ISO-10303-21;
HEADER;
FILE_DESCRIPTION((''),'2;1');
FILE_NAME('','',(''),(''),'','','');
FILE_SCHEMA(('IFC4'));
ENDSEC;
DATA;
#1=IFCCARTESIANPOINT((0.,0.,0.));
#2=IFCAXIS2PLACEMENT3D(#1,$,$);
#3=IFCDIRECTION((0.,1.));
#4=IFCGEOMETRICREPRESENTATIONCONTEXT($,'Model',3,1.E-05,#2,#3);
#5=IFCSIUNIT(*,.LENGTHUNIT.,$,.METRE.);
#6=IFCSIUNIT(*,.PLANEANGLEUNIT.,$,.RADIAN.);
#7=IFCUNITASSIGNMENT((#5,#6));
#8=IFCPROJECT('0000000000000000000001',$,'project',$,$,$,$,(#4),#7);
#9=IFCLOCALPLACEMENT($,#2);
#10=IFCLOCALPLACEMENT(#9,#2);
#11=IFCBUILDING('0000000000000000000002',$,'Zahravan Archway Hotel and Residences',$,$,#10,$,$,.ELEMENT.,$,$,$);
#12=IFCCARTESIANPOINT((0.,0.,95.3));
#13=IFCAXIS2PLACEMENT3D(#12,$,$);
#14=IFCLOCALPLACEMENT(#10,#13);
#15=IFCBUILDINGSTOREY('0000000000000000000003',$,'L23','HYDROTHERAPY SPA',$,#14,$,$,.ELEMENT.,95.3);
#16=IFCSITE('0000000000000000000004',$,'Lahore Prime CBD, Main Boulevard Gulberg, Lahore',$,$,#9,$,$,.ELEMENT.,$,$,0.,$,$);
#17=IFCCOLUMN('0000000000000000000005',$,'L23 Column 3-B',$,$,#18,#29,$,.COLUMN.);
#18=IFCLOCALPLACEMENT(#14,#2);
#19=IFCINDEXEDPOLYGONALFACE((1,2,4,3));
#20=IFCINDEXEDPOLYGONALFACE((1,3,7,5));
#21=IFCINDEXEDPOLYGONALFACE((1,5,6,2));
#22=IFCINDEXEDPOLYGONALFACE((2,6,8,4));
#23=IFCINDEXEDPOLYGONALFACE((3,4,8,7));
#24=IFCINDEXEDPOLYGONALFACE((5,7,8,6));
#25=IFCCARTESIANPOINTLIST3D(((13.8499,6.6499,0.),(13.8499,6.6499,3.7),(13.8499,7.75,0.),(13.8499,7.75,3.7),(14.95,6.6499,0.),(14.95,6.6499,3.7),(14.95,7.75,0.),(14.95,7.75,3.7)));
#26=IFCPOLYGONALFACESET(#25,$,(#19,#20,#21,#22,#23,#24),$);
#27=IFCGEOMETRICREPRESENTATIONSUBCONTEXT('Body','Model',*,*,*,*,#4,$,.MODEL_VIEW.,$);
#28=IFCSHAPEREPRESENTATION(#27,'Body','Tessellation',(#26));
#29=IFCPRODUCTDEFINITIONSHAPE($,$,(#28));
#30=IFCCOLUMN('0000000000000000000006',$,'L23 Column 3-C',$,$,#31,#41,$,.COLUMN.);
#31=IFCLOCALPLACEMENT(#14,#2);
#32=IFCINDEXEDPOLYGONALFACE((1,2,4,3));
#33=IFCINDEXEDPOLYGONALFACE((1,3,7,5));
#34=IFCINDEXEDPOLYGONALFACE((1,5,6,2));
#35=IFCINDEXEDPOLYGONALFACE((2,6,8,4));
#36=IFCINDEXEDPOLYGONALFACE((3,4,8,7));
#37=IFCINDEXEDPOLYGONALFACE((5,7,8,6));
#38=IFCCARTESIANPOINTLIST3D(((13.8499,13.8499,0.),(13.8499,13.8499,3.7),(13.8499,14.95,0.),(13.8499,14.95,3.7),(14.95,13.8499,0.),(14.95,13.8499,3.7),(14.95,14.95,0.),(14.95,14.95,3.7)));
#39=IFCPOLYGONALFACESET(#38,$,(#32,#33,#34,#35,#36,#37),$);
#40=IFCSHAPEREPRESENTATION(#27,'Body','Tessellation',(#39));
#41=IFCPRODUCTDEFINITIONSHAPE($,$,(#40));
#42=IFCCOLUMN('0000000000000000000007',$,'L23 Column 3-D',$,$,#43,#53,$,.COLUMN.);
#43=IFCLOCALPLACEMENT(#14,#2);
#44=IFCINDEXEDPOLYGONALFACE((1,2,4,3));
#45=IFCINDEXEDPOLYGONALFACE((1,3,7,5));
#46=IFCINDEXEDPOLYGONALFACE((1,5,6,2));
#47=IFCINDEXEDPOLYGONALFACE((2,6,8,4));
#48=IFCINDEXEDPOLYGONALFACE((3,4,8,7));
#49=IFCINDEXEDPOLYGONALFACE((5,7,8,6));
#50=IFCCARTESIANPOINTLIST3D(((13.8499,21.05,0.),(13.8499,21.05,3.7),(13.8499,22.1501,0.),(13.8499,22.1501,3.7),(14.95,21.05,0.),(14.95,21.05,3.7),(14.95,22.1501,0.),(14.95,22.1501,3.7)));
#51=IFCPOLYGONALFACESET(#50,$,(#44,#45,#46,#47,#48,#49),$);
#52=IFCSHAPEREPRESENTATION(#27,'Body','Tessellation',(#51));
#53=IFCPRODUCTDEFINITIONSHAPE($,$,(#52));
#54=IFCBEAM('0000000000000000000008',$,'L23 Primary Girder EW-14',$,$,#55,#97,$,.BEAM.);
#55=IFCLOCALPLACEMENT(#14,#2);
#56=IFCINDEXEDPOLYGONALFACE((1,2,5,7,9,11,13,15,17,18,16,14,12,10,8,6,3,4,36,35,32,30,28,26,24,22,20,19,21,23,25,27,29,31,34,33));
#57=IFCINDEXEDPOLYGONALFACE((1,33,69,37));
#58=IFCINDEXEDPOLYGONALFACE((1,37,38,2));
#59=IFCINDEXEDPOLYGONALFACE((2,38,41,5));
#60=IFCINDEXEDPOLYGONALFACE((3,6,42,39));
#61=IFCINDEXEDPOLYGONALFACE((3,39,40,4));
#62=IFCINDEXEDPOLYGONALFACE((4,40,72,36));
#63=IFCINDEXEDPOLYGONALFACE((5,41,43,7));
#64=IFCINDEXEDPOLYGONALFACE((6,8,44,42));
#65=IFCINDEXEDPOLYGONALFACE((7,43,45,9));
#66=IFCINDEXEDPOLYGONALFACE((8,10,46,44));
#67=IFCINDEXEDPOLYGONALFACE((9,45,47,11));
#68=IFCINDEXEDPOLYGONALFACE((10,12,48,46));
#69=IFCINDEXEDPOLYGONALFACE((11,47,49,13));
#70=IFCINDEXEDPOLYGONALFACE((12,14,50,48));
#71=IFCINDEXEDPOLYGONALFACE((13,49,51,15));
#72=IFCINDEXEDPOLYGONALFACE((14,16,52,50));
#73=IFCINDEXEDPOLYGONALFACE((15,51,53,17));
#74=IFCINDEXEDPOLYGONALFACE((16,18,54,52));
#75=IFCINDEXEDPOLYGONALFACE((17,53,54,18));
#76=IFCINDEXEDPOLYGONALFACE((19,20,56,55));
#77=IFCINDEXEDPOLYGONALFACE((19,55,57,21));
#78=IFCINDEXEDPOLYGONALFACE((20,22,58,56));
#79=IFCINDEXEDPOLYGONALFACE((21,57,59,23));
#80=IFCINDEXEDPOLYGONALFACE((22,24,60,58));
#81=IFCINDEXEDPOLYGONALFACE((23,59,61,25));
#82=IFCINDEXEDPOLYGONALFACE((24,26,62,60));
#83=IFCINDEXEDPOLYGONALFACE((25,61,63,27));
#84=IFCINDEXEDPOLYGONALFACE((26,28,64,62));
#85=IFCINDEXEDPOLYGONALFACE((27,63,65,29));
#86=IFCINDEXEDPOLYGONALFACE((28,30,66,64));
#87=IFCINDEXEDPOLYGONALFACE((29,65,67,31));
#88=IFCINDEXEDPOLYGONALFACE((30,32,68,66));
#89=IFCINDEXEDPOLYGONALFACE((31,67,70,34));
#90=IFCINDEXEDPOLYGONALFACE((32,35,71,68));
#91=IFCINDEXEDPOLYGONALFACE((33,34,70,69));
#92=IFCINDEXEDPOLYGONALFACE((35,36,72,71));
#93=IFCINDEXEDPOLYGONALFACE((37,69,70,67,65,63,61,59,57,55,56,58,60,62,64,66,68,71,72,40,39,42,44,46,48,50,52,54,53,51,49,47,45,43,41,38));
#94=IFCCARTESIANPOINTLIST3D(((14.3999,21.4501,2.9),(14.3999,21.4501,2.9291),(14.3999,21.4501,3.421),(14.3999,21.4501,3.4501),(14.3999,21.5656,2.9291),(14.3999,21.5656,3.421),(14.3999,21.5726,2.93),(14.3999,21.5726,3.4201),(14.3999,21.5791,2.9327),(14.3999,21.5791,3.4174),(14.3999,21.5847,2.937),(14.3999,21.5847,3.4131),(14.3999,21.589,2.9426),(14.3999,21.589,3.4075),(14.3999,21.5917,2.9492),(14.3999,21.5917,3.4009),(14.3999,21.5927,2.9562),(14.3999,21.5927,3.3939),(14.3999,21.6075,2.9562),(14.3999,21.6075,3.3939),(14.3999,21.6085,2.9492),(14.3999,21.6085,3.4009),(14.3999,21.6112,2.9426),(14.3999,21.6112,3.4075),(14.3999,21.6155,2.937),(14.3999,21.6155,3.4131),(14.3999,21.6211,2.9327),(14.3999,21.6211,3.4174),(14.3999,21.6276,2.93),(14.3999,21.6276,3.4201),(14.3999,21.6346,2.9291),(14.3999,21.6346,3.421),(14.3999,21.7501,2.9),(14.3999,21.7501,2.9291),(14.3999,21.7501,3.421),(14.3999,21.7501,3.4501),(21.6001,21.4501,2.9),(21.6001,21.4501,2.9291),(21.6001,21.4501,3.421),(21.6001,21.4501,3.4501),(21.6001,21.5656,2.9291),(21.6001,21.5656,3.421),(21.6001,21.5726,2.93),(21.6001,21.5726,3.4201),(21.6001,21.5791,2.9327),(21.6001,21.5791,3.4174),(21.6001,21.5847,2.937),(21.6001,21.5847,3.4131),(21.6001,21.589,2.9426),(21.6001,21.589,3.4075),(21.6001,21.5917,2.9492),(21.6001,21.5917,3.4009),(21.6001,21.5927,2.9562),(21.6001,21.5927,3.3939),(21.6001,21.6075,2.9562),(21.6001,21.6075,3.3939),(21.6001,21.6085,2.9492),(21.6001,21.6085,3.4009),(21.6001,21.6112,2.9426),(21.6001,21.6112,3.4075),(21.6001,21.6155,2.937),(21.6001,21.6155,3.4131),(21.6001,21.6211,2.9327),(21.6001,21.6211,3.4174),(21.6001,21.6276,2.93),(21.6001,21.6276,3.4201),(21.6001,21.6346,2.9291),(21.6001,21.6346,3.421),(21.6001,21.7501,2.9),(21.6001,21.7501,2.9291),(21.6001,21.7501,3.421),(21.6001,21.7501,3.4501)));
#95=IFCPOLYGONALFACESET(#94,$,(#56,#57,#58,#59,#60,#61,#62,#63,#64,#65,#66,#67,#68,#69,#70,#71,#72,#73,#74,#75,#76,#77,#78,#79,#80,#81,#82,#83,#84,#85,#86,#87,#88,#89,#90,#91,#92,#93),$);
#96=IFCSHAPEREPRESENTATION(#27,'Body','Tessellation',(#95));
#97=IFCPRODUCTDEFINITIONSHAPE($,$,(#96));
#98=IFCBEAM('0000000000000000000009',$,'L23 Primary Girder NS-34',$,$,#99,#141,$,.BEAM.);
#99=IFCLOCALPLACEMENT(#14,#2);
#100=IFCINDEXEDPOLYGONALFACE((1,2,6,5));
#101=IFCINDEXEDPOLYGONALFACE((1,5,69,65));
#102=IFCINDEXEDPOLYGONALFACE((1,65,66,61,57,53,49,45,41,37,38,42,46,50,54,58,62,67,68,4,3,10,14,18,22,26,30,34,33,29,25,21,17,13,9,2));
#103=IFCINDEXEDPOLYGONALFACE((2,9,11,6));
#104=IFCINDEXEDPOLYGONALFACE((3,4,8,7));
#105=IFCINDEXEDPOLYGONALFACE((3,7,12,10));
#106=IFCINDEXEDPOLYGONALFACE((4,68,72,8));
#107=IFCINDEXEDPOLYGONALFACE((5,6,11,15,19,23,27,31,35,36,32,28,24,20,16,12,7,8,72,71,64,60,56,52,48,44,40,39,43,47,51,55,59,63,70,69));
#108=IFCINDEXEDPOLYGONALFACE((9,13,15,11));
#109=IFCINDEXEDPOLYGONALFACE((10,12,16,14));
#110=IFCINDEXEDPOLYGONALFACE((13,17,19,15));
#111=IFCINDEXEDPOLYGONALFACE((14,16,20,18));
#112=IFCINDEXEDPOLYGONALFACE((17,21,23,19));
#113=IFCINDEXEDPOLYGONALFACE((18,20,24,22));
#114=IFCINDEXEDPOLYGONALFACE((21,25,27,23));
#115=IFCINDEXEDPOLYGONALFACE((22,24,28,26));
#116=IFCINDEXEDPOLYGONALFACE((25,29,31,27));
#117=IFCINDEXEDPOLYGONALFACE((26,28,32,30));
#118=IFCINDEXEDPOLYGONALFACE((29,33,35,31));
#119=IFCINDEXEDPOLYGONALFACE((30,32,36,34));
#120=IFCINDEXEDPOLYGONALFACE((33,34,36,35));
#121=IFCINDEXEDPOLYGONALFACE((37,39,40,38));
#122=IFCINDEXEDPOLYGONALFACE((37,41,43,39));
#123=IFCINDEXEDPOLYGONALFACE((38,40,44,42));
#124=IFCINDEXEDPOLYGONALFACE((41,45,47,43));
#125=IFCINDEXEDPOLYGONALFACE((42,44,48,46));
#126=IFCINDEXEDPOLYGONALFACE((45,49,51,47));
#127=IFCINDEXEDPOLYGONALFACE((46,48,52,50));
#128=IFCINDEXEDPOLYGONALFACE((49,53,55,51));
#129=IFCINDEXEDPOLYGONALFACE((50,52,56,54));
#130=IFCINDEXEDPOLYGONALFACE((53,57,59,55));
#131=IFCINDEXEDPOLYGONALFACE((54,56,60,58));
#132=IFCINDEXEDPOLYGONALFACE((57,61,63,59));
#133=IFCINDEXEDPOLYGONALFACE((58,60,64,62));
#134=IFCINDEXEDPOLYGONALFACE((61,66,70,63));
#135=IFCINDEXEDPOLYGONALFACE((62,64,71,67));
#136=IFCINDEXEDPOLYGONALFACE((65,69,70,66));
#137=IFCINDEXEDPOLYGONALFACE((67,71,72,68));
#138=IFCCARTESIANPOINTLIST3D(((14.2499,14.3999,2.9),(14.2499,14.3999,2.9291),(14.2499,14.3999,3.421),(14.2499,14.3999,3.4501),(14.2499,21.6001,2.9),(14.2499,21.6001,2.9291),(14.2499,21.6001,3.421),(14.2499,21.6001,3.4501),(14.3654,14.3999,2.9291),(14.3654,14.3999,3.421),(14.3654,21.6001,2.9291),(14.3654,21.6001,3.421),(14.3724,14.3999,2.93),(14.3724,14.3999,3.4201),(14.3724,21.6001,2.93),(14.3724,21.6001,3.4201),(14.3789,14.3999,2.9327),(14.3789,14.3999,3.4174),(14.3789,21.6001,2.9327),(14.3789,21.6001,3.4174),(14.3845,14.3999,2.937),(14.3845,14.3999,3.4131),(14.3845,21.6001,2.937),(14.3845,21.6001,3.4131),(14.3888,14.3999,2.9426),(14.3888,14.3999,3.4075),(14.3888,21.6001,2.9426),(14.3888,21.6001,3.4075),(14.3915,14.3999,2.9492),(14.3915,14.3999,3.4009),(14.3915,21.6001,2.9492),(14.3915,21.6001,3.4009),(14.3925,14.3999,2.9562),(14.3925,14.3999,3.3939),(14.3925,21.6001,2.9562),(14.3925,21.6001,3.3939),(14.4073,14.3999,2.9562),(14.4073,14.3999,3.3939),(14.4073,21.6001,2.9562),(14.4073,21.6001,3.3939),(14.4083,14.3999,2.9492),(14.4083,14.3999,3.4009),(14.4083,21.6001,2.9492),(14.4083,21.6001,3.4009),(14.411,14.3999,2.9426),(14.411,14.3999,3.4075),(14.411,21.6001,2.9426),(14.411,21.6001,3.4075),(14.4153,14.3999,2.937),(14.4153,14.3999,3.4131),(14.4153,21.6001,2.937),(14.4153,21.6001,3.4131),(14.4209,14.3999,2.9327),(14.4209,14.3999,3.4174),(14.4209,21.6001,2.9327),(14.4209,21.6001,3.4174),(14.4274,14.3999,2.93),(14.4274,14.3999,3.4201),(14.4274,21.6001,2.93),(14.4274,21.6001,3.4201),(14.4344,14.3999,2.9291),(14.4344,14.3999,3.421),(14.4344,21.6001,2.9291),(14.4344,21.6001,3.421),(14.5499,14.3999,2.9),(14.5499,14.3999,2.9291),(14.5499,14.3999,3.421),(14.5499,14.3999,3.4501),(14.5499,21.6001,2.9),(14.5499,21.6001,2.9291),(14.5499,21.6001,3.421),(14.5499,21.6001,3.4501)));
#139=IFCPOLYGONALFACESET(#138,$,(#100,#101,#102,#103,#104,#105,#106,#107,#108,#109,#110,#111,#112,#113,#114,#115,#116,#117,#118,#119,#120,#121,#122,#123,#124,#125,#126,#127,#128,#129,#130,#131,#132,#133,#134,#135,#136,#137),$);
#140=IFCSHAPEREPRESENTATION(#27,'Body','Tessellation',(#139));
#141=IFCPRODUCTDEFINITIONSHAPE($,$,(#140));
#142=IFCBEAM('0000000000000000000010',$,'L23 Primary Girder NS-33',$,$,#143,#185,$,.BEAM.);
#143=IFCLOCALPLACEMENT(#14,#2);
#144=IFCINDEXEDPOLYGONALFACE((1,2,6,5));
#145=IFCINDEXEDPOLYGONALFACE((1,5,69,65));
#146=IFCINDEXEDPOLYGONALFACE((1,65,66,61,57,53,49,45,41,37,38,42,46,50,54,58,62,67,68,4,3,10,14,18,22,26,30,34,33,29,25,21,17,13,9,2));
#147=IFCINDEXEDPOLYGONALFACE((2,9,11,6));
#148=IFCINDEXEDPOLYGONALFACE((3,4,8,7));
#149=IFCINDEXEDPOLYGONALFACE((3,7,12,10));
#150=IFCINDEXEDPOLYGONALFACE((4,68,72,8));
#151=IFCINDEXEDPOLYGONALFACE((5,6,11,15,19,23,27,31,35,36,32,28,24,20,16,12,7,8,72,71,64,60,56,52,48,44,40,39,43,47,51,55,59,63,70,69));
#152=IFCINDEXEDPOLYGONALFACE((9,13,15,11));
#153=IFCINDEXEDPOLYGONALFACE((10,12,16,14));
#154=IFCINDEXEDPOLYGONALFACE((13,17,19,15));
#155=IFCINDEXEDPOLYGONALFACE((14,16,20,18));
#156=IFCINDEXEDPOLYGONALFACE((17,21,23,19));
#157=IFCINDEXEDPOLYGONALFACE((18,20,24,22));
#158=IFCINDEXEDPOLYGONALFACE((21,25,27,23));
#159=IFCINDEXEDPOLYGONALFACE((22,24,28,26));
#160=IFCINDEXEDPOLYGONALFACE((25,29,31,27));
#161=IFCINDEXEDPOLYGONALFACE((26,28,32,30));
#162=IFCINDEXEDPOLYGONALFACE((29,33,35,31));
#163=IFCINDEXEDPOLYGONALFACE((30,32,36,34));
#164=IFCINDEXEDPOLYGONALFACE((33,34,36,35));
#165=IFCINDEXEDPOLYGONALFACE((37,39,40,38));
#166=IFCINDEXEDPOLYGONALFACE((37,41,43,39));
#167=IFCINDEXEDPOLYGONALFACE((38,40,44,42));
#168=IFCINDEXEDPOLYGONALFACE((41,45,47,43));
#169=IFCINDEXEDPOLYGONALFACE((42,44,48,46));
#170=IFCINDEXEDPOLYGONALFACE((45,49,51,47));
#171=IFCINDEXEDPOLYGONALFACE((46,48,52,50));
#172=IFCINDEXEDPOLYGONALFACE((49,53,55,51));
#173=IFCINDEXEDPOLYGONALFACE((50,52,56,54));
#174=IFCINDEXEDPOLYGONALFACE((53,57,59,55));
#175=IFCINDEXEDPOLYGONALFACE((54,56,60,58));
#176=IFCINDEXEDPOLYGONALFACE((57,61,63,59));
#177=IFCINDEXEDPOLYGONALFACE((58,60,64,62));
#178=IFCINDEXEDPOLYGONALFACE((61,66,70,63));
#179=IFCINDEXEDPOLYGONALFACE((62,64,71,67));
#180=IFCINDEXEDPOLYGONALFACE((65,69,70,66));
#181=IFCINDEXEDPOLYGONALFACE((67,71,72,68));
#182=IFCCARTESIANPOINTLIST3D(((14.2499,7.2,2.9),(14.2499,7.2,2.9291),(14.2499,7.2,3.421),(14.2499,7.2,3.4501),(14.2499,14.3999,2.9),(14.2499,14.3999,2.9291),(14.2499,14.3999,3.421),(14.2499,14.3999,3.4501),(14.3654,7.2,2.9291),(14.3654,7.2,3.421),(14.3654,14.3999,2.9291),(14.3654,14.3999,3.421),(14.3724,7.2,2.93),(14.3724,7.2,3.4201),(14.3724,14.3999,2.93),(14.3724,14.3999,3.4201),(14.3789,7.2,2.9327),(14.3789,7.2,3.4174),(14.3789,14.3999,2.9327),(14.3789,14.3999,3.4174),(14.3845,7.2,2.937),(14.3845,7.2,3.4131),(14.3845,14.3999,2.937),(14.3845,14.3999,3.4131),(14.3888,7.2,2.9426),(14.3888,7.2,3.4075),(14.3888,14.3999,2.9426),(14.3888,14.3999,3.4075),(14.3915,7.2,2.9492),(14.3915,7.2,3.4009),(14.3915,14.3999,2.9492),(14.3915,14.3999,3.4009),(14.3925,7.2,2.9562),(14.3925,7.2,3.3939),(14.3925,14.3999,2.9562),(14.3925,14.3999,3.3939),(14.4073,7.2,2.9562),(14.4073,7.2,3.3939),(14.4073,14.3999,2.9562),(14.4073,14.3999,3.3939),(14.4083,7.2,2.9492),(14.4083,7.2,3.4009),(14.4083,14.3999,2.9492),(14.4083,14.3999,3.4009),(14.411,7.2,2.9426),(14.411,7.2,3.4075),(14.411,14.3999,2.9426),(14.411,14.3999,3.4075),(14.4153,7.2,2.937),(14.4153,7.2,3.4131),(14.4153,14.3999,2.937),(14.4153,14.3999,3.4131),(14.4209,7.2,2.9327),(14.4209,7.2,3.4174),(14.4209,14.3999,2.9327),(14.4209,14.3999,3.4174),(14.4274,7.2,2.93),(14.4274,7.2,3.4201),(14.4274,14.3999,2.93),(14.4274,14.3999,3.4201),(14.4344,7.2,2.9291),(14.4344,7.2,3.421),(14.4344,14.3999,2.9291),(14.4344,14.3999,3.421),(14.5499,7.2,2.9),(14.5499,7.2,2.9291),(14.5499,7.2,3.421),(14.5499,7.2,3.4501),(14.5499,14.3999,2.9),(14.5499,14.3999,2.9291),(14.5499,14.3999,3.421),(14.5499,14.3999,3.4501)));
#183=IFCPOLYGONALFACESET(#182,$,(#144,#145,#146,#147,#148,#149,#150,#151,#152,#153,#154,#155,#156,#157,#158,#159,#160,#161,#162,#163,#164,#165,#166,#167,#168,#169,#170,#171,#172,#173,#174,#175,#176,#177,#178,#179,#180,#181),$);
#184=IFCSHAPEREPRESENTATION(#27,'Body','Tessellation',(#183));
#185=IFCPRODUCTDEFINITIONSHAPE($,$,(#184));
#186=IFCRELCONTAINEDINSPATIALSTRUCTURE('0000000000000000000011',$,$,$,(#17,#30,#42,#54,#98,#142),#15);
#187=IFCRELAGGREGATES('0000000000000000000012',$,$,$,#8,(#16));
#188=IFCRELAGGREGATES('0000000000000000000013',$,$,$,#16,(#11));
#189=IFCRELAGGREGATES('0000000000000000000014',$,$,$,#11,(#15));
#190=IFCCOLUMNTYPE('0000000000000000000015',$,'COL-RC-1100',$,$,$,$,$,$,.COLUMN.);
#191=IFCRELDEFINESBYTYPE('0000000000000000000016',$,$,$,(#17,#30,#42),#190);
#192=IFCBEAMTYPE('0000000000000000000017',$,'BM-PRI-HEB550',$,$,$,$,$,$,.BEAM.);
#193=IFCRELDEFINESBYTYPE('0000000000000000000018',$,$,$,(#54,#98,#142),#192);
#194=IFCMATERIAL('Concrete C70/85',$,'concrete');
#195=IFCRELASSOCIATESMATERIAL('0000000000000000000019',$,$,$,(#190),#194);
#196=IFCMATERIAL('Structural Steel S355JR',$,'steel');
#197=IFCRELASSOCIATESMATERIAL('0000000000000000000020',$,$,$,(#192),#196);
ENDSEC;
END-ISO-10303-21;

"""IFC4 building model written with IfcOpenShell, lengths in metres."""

from ifc_helpers import new_model, si_unit, direction, frame, origin, origin_2d, place, context, subcontext, project, spatial, rectangle, i_section, extrude, source, transform, mapped, material, material_profile, profile_set, type_object, type_shapes, element, save


model = new_model("IFC4")

# Units and contexts
model_context = context("Model", 3, precision=1e-05, world=origin(), true_north=direction((0.0, 1.0)))
body_context = subcontext(model_context, "Body", "Model", "MODEL_VIEW")
ifc_project = project(units=[si_unit("LENGTHUNIT", "METRE"), si_unit("PLANEANGLEUNIT", "RADIAN")], contexts=[model_context])

# Site, building, storey
site_placement = place(None, origin())
site = spatial("IfcSite", under=ifc_project, at=site_placement, Name="Lahore Prime CBD, Main Boulevard Gulberg, Lahore", CompositionType="ELEMENT", RefElevation=0.0)
building_placement = place(site_placement, origin())
building = spatial("IfcBuilding", under=site, at=building_placement, Name="Zahravan Archway Hotel and Residences", CompositionType="ELEMENT")
storey_placement = place(building_placement, frame((0.0, 0.0, 95.3)))
storey = spatial("IfcBuildingStorey", under=building, at=storey_placement, Name="L23", Description="HYDROTHERAPY SPA", CompositionType="ELEMENT", Elevation=95.3)

# Columns
ifc_material_1 = material(Name="Concrete C70/85", Category="concrete")
ifc_material_profile_1 = material_profile(ifc_material_1, rectangle(XDim=1.1001, YDim=1.1001, at=origin_2d()), Name="RC 1100x1100", Category="concrete")
ifc_profile_set_1 = profile_set([ifc_material_profile_1], Name="Concrete C70/85")
column_type = type_object("IfcColumnType", Name="COL-RC-1100", PredefinedType="COLUMN", material=ifc_profile_set_1)
shared_shape_1 = source(origin(), body_context, "Body", "SweptSolid", [
    extrude(rectangle(XDim=1.1001, YDim=1.1001, at=origin_2d()), origin(), (0.0, 0.0, 1.0), 3.7),
])
for number, where, z_axis, x_axis, name in (
    (1, (14.3999, 7.2, 0.0), (0.0, 0.0, 1.0), (1.0, 0.0, 0.0), "L23 Column 3-B"),
    (2, (14.3999, 14.3999, 0.0), (0.0, 0.0, 1.0), (1.0, 0.0, 0.0), "L23 Column 3-C"),
    (3, (14.3999, 21.6001, 0.0), (0.0, 0.0, 1.0), (1.0, 0.0, 0.0), "L23 Column 3-D"),
):
    element("IfcColumn", number, at=place(storey_placement, frame(where, z_axis=z_axis, x_axis=x_axis)), inside=storey, type_object=column_type, Name=name, PredefinedType="COLUMN", context=body_context, shape_type="MappedRepresentation", body=[
        mapped(shared_shape_1, transform((0.0, 0.0, 0.0), scale=1.0)),
    ])

# Beams
ifc_material_2 = material(Name="Structural Steel S355JR", Category="steel")
ifc_material_profile_2 = material_profile(ifc_material_2, i_section(OverallWidth=0.3, OverallDepth=0.55, WebThickness=0.0149, FlangeThickness=0.0291, FilletRadius=0.0271, at=origin_2d()), Name="HEB 550", Category="steel")
ifc_profile_set_2 = profile_set([ifc_material_profile_2], Name="Structural Steel S355JR")
beam_type = type_object("IfcBeamType", Name="BM-PRI-HEB550", PredefinedType="BEAM", material=ifc_profile_set_2)
shared_shape_2 = source(origin(), body_context, "Body", "SweptSolid", [
    extrude(i_section(OverallWidth=0.3, OverallDepth=0.55, WebThickness=0.0149, FlangeThickness=0.0291, FilletRadius=0.0271, at=origin_2d()), origin(), (0.0, 0.0, 1.0), 7.2002),
])
type_shapes(beam_type, [shared_shape_2])
for number, where, z_axis, x_axis, name in (
    (4, (14.3999, 21.6001, 3.175), (1.0, 0.0, 0.0), (0.0, 1.0, 0.0), "L23 Primary Girder EW-14"),
    (5, (14.3999, 14.3999, 3.175), (0.0, 1.0, 0.0), (-1.0, 0.0, 0.0), "L23 Primary Girder NS-34"),
):
    element("IfcBeam", number, at=place(storey_placement, frame(where, z_axis=z_axis, x_axis=x_axis)), inside=storey, type_object=beam_type, Name=name, PredefinedType="BEAM", context=body_context, shape_type="MappedRepresentation", body=[
        mapped(shared_shape_2, transform((0.0, 0.0, 0.0), scale=1.0)),
    ])
shared_shape_3 = source(origin(), body_context, "Body", "SweptSolid", [
    extrude(i_section(OverallWidth=0.3, OverallDepth=0.55, WebThickness=0.0149, FlangeThickness=0.0291, FilletRadius=0.0271, at=origin_2d()), origin(), (0.0, 0.0, 1.0), 7.2),
])
beam_1_placement = place(storey_placement, frame((14.3999, 7.2, 3.175), z_axis=(0.0, 1.0, 0.0), x_axis=(-1.0, 0.0, 0.0)))
element("IfcBeam", 6, at=beam_1_placement, inside=storey, type_object=beam_type, Name="L23 Primary Girder NS-33", PredefinedType="BEAM", context=body_context, shape_type="MappedRepresentation", body=[
    mapped(shared_shape_3, transform((0.0, 0.0, 0.0), scale=1.0)),
])

save(model, "model.ifc")
